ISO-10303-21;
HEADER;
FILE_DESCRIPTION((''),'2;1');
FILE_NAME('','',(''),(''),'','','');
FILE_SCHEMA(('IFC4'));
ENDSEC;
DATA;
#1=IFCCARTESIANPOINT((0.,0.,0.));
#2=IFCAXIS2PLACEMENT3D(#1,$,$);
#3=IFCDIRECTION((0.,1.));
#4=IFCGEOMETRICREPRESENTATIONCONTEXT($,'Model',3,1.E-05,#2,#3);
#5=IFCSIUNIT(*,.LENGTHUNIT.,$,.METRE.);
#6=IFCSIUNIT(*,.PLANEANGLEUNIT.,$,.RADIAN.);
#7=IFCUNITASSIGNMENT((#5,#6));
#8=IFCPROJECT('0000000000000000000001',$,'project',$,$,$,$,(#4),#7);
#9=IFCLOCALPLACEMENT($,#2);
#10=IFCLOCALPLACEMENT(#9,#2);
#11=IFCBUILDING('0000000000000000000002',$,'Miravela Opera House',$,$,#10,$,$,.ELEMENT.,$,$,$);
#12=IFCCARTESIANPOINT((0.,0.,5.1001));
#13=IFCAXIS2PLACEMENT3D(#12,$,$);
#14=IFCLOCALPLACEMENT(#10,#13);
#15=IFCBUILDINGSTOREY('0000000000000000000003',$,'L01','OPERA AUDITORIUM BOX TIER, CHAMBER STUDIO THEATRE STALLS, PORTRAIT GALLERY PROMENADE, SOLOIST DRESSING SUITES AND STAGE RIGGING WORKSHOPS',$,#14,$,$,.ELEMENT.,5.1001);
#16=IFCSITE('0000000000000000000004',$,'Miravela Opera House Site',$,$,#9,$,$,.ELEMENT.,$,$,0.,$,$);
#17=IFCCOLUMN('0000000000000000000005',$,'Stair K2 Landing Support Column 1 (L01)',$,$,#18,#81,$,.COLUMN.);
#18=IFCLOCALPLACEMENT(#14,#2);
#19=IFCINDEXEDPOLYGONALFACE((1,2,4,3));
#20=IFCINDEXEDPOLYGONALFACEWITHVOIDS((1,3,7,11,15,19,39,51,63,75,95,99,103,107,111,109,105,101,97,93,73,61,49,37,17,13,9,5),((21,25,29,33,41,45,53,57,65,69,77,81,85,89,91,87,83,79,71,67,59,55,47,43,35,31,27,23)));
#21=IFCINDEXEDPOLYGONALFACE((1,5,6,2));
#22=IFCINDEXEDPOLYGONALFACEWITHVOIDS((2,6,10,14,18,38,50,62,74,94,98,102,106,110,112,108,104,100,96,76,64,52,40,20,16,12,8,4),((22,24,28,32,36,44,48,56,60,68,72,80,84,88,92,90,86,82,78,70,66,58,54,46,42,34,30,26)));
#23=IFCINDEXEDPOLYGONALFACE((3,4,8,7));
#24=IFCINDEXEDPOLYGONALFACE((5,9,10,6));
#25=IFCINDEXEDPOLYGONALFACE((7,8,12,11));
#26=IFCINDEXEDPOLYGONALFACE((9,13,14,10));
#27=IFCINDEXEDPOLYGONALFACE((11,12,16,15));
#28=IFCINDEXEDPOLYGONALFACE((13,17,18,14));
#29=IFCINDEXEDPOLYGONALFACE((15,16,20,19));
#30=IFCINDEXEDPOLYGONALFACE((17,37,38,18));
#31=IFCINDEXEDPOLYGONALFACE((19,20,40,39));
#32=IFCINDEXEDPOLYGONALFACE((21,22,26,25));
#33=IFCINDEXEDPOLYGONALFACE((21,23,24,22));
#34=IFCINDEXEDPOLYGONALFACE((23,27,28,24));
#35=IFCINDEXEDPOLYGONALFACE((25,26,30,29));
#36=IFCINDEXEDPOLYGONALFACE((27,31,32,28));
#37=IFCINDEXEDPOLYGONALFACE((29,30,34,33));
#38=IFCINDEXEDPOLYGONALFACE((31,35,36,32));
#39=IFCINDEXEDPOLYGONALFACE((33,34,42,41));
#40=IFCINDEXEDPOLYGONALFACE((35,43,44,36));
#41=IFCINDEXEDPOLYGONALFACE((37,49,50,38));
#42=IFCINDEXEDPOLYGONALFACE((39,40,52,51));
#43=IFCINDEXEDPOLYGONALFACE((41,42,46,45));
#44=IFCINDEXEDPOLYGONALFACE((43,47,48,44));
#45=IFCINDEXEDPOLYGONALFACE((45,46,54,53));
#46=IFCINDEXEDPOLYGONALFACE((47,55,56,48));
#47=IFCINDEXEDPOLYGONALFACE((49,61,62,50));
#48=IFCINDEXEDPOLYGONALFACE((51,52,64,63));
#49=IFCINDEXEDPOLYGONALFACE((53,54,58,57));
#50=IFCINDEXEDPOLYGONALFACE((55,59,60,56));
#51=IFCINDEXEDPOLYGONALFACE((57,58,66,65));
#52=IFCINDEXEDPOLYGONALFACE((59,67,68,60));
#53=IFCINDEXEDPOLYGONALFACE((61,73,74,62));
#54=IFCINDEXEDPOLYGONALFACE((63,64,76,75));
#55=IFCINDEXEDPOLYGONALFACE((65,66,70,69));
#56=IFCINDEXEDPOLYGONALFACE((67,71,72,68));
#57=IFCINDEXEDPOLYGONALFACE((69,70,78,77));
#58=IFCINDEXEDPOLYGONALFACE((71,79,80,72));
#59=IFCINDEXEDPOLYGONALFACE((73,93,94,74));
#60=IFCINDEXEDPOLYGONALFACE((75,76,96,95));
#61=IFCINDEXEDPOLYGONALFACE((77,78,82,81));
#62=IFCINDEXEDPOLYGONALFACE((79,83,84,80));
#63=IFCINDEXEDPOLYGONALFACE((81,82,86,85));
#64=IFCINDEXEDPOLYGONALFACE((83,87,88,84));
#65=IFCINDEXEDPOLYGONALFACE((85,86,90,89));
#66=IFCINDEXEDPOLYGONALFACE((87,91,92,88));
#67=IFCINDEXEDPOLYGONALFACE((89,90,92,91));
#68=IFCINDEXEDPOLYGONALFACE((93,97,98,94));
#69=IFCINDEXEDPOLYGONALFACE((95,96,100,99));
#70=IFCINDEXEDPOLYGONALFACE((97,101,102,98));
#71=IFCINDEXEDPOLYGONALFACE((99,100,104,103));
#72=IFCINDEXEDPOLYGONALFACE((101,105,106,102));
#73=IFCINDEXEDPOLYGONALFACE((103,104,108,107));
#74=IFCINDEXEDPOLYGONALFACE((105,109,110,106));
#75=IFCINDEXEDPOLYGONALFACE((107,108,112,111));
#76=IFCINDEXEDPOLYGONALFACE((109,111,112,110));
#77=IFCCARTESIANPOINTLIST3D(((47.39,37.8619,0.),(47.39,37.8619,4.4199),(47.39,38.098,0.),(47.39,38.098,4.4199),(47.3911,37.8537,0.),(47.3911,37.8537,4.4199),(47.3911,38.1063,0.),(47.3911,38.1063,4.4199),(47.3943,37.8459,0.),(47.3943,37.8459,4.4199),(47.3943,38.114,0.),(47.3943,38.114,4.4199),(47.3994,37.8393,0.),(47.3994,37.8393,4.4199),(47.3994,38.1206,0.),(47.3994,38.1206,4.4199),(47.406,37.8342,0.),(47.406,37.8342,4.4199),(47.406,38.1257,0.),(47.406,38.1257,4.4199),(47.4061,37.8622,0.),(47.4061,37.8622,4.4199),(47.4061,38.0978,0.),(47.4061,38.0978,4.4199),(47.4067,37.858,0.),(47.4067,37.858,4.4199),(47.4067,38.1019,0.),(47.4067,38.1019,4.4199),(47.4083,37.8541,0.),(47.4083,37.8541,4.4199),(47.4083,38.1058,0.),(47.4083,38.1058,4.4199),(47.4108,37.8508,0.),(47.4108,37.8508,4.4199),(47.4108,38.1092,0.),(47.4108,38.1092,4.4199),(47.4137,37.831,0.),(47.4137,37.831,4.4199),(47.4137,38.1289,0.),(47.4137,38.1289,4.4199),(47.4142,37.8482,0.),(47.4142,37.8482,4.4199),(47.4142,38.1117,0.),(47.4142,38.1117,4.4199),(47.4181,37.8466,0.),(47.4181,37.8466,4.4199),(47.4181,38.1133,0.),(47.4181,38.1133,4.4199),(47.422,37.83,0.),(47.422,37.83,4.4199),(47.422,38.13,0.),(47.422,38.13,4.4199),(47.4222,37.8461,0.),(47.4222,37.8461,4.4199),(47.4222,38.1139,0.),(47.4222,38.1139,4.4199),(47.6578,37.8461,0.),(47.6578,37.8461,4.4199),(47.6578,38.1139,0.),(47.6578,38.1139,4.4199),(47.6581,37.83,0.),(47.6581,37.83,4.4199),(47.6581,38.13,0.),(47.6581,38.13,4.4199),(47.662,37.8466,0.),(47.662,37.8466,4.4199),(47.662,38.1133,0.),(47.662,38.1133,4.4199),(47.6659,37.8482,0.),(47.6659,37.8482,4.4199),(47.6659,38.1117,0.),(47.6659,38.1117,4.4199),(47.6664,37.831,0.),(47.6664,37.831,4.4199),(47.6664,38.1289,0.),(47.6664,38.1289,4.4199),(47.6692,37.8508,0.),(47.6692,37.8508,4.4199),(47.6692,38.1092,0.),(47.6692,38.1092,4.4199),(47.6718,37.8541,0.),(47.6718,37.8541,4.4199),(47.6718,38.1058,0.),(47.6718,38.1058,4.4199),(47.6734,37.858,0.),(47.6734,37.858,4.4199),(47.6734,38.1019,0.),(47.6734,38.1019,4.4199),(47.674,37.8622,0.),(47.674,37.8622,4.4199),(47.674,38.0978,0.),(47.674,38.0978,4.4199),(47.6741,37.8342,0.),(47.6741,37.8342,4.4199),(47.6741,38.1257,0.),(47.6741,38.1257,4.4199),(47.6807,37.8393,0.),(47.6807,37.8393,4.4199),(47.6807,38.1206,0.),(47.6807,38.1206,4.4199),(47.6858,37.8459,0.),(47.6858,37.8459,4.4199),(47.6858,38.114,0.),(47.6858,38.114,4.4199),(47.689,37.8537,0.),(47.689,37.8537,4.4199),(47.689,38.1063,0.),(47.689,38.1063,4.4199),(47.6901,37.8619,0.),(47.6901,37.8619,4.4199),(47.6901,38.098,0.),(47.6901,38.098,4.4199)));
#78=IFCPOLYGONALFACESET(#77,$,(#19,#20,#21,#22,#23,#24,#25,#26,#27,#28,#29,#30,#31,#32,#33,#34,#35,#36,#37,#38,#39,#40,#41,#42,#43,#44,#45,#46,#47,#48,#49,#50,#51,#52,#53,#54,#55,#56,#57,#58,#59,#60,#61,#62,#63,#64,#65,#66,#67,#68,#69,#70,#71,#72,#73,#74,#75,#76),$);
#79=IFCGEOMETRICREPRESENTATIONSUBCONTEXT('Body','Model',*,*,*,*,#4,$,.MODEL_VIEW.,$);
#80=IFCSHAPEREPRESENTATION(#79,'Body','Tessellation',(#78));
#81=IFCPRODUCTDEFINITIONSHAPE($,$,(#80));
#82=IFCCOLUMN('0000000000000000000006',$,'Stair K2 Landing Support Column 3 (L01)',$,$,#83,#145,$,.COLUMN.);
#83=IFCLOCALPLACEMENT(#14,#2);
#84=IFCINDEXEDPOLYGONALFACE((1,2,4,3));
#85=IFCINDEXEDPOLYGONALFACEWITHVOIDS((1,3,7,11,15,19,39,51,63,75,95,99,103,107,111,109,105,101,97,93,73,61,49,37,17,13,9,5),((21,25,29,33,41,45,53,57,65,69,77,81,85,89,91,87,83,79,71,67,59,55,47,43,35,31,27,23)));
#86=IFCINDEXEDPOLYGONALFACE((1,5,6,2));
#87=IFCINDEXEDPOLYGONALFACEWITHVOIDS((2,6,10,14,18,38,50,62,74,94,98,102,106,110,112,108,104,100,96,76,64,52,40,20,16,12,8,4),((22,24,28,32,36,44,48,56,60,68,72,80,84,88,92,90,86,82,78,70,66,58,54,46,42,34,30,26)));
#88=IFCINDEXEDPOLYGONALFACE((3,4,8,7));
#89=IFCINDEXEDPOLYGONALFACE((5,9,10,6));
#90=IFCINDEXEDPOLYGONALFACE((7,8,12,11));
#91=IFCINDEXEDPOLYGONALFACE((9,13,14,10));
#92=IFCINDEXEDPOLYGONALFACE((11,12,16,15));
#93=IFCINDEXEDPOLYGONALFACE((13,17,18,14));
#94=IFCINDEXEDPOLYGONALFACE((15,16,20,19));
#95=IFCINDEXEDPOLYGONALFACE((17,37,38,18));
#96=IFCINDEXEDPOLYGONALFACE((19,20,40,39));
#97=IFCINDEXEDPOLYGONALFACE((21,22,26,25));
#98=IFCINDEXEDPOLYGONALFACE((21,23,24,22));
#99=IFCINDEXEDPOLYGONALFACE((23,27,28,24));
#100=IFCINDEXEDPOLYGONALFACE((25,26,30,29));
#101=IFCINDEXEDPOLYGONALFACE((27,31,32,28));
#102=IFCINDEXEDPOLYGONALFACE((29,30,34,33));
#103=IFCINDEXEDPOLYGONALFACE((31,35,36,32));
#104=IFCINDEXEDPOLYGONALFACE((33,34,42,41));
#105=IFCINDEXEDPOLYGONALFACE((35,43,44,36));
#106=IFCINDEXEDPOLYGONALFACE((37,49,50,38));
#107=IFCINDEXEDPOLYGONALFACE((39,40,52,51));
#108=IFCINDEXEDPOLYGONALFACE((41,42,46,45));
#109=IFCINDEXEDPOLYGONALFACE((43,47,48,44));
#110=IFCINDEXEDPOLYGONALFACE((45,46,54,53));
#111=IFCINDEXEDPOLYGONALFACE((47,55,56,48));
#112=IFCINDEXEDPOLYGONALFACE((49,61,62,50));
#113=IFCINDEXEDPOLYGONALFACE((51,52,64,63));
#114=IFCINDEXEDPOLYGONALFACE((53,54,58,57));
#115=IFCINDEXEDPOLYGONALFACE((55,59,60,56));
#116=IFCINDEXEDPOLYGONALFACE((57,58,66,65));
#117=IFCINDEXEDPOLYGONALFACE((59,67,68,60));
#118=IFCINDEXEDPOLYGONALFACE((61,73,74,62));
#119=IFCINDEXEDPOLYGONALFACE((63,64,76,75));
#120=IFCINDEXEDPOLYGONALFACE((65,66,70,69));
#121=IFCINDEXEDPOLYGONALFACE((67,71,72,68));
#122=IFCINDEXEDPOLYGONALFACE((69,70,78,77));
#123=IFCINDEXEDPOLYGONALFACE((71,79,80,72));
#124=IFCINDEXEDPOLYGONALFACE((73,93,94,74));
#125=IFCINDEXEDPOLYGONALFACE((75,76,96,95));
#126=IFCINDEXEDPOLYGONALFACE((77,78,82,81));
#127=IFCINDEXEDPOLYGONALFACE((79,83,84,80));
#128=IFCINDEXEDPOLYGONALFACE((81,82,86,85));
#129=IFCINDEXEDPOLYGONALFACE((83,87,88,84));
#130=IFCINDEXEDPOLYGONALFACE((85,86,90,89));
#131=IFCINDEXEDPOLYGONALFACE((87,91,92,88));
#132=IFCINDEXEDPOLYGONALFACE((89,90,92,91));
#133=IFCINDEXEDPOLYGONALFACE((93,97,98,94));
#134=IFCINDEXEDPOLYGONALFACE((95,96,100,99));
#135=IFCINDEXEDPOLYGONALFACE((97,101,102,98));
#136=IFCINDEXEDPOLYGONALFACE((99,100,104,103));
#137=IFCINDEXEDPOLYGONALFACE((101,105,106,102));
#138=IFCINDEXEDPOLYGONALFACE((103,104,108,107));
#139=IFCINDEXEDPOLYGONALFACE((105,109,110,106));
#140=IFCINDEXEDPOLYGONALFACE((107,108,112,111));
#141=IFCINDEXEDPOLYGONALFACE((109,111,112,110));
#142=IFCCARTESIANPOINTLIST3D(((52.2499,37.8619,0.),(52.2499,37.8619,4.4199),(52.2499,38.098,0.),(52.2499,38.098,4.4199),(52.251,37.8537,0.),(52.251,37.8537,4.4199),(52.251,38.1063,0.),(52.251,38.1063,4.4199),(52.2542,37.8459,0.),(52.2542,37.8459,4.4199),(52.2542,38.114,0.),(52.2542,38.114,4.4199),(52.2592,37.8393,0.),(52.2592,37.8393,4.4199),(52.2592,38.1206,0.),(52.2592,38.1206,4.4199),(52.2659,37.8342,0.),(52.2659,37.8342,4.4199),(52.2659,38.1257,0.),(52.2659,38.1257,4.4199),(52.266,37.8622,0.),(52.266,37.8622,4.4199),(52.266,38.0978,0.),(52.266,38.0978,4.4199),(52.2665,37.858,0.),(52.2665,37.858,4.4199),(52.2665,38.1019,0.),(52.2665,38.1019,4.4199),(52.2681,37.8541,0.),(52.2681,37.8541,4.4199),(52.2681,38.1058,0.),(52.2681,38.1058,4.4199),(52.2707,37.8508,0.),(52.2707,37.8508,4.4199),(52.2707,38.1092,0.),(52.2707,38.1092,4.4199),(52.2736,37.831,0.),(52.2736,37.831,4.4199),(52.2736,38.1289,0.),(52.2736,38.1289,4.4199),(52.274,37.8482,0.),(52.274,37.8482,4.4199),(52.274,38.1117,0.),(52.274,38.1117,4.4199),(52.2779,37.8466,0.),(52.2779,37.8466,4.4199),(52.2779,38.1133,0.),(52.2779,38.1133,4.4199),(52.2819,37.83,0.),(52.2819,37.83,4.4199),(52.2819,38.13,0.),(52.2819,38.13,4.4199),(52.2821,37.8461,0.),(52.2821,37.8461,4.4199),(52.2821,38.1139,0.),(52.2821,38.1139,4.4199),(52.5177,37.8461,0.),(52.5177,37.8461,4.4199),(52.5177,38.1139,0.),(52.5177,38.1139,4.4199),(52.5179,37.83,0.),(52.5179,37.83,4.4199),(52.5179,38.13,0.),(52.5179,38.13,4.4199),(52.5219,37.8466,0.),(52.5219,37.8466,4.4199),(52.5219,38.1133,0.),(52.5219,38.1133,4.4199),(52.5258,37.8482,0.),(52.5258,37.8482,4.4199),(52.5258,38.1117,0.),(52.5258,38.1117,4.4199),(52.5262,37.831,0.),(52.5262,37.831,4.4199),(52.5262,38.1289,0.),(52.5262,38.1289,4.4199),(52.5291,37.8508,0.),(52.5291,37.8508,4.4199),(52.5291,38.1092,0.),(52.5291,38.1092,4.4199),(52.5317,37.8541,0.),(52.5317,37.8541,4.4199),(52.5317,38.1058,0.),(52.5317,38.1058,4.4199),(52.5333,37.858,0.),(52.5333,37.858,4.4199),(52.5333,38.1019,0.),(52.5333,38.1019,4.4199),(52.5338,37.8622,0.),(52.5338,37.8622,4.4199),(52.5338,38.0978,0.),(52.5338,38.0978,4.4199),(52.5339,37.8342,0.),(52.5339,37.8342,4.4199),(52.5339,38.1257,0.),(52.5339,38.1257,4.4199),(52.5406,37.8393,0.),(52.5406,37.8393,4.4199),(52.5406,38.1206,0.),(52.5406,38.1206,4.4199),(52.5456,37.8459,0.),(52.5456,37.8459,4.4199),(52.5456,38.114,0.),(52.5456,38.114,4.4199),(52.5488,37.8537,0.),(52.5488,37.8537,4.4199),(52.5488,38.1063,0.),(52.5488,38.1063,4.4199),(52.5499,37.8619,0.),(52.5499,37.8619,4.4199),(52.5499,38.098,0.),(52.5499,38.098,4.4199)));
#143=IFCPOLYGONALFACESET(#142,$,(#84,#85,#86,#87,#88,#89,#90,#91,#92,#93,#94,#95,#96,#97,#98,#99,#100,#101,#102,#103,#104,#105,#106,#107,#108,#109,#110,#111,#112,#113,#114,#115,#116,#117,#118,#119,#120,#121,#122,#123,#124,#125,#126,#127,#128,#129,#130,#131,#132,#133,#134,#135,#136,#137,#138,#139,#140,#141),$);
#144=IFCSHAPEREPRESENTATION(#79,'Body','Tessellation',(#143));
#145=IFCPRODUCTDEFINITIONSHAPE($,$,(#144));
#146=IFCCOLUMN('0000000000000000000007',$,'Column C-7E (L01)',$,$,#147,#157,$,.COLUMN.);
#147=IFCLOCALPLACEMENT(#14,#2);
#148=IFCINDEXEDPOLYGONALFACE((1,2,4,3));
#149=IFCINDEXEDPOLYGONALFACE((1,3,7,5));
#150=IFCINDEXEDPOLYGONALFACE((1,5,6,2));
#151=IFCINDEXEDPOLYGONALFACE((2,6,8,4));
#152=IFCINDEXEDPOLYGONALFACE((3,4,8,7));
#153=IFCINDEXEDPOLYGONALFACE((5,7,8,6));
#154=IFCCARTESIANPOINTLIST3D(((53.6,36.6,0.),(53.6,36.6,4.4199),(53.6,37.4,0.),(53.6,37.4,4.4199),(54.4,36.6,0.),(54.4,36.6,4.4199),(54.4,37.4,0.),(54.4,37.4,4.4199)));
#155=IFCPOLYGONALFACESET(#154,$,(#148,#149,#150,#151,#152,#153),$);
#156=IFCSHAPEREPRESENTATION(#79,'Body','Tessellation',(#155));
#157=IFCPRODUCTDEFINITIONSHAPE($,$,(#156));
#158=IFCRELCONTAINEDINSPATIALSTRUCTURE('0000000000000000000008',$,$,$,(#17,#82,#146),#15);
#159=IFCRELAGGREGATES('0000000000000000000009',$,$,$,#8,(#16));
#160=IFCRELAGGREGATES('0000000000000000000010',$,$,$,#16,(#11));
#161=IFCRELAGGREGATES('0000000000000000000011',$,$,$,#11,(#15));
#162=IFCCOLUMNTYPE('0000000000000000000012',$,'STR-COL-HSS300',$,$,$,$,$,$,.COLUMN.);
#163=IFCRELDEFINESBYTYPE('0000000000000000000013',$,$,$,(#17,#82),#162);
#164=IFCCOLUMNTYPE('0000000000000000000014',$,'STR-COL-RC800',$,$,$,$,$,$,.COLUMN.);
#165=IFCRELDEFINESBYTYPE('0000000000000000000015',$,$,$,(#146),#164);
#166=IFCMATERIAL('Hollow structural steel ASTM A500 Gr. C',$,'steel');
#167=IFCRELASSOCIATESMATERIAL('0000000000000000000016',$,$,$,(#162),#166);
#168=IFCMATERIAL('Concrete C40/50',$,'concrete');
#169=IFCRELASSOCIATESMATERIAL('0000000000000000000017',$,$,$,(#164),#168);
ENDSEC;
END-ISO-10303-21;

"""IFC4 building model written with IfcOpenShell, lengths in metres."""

from ifc_helpers import new_model, si_unit, direction, frame, origin, origin_2d, place, context, subcontext, project, spatial, rectangle, hollow_rectangle, extrude, material, material_profile, profile_set, type_object, element, save


model = new_model("IFC4")

# Units and contexts
model_context = context("Model", 3, precision=1e-05, world=origin(), true_north=direction((0.0, 1.0)))
body_context = subcontext(model_context, "Body", "Model", "MODEL_VIEW")
ifc_project = project(units=[si_unit("LENGTHUNIT", "METRE"), si_unit("PLANEANGLEUNIT", "RADIAN")], contexts=[model_context])

# Site, building, storey
site_placement = place(None, origin())
site = spatial("IfcSite", under=ifc_project, at=site_placement, Name="Miravela Opera House Site", CompositionType="ELEMENT", RefElevation=0.0)
building_placement = place(site_placement, origin())
building = spatial("IfcBuilding", under=site, at=building_placement, Name="Miravela Opera House", CompositionType="ELEMENT")
storey_placement = place(building_placement, frame((0.0, 0.0, 5.1001)))
storey = spatial("IfcBuildingStorey", under=building, at=storey_placement, Name="L01", Description="OPERA AUDITORIUM BOX TIER, CHAMBER STUDIO THEATRE STALLS, PORTRAIT GALLERY PROMENADE, SOLOIST DRESSING SUITES AND STAGE RIGGING WORKSHOPS", CompositionType="ELEMENT", Elevation=5.1001)

# Columns
ifc_material_1 = material(Name="Hollow structural steel ASTM A500 Gr. C", Category="steel")
ifc_material_profile_1 = material_profile(ifc_material_1, hollow_rectangle(XDim=0.3, YDim=0.3, WallThickness=0.0161, InnerFilletRadius=0.0161, OuterFilletRadius=0.032, at=origin_2d()), Name="HSS300X300X16")
ifc_profile_set_1 = profile_set([ifc_material_profile_1])
column_type_1 = type_object("IfcColumnType", Name="STR-COL-HSS300", PredefinedType="COLUMN", material=ifc_profile_set_1)
for number, where, z_axis, x_axis, name in (
    (1, (47.54, 37.98, 0.0), (0.0, 0.0, 1.0), (1.0, 0.0, 0.0), "Stair K2 Landing Support Column 1 (L01)"),
    (2, (52.3999, 37.98, 0.0), (0.0, 0.0, 1.0), (1.0, 0.0, 0.0), "Stair K2 Landing Support Column 3 (L01)"),
):
    element("IfcColumn", number, at=place(storey_placement, frame(where, z_axis=z_axis, x_axis=x_axis)), inside=storey, type_object=column_type_1, Name=name, PredefinedType="COLUMN", context=body_context, shape_type="SweptSolid", body=[
        extrude(hollow_rectangle(XDim=0.3, YDim=0.3, WallThickness=0.0161, InnerFilletRadius=0.0161, OuterFilletRadius=0.032, at=origin_2d()), origin(), (0.0, 0.0, 1.0), 4.4199),
    ])
ifc_material_2 = material(Name="Concrete C40/50", Category="concrete")
ifc_material_profile_2 = material_profile(ifc_material_2, rectangle(XDim=0.8, YDim=0.8, at=origin_2d()), Name="RC-COL-800X800")
ifc_profile_set_2 = profile_set([ifc_material_profile_2])
column_type_2 = type_object("IfcColumnType", Name="STR-COL-RC800", PredefinedType="COLUMN", material=ifc_profile_set_2)
column_placement = place(storey_placement, frame((54.0, 37.0, 0.0), z_axis=(0.0, 0.0, 1.0), x_axis=(1.0, 0.0, 0.0)))
element("IfcColumn", 3, at=column_placement, inside=storey, type_object=column_type_2, Name="Column C-7E (L01)", PredefinedType="COLUMN", context=body_context, shape_type="SweptSolid", body=[
    extrude(rectangle(XDim=0.8, YDim=0.8, at=origin_2d()), origin(), (0.0, 0.0, 1.0), 4.4199),
])

save(model, "model.ifc")
